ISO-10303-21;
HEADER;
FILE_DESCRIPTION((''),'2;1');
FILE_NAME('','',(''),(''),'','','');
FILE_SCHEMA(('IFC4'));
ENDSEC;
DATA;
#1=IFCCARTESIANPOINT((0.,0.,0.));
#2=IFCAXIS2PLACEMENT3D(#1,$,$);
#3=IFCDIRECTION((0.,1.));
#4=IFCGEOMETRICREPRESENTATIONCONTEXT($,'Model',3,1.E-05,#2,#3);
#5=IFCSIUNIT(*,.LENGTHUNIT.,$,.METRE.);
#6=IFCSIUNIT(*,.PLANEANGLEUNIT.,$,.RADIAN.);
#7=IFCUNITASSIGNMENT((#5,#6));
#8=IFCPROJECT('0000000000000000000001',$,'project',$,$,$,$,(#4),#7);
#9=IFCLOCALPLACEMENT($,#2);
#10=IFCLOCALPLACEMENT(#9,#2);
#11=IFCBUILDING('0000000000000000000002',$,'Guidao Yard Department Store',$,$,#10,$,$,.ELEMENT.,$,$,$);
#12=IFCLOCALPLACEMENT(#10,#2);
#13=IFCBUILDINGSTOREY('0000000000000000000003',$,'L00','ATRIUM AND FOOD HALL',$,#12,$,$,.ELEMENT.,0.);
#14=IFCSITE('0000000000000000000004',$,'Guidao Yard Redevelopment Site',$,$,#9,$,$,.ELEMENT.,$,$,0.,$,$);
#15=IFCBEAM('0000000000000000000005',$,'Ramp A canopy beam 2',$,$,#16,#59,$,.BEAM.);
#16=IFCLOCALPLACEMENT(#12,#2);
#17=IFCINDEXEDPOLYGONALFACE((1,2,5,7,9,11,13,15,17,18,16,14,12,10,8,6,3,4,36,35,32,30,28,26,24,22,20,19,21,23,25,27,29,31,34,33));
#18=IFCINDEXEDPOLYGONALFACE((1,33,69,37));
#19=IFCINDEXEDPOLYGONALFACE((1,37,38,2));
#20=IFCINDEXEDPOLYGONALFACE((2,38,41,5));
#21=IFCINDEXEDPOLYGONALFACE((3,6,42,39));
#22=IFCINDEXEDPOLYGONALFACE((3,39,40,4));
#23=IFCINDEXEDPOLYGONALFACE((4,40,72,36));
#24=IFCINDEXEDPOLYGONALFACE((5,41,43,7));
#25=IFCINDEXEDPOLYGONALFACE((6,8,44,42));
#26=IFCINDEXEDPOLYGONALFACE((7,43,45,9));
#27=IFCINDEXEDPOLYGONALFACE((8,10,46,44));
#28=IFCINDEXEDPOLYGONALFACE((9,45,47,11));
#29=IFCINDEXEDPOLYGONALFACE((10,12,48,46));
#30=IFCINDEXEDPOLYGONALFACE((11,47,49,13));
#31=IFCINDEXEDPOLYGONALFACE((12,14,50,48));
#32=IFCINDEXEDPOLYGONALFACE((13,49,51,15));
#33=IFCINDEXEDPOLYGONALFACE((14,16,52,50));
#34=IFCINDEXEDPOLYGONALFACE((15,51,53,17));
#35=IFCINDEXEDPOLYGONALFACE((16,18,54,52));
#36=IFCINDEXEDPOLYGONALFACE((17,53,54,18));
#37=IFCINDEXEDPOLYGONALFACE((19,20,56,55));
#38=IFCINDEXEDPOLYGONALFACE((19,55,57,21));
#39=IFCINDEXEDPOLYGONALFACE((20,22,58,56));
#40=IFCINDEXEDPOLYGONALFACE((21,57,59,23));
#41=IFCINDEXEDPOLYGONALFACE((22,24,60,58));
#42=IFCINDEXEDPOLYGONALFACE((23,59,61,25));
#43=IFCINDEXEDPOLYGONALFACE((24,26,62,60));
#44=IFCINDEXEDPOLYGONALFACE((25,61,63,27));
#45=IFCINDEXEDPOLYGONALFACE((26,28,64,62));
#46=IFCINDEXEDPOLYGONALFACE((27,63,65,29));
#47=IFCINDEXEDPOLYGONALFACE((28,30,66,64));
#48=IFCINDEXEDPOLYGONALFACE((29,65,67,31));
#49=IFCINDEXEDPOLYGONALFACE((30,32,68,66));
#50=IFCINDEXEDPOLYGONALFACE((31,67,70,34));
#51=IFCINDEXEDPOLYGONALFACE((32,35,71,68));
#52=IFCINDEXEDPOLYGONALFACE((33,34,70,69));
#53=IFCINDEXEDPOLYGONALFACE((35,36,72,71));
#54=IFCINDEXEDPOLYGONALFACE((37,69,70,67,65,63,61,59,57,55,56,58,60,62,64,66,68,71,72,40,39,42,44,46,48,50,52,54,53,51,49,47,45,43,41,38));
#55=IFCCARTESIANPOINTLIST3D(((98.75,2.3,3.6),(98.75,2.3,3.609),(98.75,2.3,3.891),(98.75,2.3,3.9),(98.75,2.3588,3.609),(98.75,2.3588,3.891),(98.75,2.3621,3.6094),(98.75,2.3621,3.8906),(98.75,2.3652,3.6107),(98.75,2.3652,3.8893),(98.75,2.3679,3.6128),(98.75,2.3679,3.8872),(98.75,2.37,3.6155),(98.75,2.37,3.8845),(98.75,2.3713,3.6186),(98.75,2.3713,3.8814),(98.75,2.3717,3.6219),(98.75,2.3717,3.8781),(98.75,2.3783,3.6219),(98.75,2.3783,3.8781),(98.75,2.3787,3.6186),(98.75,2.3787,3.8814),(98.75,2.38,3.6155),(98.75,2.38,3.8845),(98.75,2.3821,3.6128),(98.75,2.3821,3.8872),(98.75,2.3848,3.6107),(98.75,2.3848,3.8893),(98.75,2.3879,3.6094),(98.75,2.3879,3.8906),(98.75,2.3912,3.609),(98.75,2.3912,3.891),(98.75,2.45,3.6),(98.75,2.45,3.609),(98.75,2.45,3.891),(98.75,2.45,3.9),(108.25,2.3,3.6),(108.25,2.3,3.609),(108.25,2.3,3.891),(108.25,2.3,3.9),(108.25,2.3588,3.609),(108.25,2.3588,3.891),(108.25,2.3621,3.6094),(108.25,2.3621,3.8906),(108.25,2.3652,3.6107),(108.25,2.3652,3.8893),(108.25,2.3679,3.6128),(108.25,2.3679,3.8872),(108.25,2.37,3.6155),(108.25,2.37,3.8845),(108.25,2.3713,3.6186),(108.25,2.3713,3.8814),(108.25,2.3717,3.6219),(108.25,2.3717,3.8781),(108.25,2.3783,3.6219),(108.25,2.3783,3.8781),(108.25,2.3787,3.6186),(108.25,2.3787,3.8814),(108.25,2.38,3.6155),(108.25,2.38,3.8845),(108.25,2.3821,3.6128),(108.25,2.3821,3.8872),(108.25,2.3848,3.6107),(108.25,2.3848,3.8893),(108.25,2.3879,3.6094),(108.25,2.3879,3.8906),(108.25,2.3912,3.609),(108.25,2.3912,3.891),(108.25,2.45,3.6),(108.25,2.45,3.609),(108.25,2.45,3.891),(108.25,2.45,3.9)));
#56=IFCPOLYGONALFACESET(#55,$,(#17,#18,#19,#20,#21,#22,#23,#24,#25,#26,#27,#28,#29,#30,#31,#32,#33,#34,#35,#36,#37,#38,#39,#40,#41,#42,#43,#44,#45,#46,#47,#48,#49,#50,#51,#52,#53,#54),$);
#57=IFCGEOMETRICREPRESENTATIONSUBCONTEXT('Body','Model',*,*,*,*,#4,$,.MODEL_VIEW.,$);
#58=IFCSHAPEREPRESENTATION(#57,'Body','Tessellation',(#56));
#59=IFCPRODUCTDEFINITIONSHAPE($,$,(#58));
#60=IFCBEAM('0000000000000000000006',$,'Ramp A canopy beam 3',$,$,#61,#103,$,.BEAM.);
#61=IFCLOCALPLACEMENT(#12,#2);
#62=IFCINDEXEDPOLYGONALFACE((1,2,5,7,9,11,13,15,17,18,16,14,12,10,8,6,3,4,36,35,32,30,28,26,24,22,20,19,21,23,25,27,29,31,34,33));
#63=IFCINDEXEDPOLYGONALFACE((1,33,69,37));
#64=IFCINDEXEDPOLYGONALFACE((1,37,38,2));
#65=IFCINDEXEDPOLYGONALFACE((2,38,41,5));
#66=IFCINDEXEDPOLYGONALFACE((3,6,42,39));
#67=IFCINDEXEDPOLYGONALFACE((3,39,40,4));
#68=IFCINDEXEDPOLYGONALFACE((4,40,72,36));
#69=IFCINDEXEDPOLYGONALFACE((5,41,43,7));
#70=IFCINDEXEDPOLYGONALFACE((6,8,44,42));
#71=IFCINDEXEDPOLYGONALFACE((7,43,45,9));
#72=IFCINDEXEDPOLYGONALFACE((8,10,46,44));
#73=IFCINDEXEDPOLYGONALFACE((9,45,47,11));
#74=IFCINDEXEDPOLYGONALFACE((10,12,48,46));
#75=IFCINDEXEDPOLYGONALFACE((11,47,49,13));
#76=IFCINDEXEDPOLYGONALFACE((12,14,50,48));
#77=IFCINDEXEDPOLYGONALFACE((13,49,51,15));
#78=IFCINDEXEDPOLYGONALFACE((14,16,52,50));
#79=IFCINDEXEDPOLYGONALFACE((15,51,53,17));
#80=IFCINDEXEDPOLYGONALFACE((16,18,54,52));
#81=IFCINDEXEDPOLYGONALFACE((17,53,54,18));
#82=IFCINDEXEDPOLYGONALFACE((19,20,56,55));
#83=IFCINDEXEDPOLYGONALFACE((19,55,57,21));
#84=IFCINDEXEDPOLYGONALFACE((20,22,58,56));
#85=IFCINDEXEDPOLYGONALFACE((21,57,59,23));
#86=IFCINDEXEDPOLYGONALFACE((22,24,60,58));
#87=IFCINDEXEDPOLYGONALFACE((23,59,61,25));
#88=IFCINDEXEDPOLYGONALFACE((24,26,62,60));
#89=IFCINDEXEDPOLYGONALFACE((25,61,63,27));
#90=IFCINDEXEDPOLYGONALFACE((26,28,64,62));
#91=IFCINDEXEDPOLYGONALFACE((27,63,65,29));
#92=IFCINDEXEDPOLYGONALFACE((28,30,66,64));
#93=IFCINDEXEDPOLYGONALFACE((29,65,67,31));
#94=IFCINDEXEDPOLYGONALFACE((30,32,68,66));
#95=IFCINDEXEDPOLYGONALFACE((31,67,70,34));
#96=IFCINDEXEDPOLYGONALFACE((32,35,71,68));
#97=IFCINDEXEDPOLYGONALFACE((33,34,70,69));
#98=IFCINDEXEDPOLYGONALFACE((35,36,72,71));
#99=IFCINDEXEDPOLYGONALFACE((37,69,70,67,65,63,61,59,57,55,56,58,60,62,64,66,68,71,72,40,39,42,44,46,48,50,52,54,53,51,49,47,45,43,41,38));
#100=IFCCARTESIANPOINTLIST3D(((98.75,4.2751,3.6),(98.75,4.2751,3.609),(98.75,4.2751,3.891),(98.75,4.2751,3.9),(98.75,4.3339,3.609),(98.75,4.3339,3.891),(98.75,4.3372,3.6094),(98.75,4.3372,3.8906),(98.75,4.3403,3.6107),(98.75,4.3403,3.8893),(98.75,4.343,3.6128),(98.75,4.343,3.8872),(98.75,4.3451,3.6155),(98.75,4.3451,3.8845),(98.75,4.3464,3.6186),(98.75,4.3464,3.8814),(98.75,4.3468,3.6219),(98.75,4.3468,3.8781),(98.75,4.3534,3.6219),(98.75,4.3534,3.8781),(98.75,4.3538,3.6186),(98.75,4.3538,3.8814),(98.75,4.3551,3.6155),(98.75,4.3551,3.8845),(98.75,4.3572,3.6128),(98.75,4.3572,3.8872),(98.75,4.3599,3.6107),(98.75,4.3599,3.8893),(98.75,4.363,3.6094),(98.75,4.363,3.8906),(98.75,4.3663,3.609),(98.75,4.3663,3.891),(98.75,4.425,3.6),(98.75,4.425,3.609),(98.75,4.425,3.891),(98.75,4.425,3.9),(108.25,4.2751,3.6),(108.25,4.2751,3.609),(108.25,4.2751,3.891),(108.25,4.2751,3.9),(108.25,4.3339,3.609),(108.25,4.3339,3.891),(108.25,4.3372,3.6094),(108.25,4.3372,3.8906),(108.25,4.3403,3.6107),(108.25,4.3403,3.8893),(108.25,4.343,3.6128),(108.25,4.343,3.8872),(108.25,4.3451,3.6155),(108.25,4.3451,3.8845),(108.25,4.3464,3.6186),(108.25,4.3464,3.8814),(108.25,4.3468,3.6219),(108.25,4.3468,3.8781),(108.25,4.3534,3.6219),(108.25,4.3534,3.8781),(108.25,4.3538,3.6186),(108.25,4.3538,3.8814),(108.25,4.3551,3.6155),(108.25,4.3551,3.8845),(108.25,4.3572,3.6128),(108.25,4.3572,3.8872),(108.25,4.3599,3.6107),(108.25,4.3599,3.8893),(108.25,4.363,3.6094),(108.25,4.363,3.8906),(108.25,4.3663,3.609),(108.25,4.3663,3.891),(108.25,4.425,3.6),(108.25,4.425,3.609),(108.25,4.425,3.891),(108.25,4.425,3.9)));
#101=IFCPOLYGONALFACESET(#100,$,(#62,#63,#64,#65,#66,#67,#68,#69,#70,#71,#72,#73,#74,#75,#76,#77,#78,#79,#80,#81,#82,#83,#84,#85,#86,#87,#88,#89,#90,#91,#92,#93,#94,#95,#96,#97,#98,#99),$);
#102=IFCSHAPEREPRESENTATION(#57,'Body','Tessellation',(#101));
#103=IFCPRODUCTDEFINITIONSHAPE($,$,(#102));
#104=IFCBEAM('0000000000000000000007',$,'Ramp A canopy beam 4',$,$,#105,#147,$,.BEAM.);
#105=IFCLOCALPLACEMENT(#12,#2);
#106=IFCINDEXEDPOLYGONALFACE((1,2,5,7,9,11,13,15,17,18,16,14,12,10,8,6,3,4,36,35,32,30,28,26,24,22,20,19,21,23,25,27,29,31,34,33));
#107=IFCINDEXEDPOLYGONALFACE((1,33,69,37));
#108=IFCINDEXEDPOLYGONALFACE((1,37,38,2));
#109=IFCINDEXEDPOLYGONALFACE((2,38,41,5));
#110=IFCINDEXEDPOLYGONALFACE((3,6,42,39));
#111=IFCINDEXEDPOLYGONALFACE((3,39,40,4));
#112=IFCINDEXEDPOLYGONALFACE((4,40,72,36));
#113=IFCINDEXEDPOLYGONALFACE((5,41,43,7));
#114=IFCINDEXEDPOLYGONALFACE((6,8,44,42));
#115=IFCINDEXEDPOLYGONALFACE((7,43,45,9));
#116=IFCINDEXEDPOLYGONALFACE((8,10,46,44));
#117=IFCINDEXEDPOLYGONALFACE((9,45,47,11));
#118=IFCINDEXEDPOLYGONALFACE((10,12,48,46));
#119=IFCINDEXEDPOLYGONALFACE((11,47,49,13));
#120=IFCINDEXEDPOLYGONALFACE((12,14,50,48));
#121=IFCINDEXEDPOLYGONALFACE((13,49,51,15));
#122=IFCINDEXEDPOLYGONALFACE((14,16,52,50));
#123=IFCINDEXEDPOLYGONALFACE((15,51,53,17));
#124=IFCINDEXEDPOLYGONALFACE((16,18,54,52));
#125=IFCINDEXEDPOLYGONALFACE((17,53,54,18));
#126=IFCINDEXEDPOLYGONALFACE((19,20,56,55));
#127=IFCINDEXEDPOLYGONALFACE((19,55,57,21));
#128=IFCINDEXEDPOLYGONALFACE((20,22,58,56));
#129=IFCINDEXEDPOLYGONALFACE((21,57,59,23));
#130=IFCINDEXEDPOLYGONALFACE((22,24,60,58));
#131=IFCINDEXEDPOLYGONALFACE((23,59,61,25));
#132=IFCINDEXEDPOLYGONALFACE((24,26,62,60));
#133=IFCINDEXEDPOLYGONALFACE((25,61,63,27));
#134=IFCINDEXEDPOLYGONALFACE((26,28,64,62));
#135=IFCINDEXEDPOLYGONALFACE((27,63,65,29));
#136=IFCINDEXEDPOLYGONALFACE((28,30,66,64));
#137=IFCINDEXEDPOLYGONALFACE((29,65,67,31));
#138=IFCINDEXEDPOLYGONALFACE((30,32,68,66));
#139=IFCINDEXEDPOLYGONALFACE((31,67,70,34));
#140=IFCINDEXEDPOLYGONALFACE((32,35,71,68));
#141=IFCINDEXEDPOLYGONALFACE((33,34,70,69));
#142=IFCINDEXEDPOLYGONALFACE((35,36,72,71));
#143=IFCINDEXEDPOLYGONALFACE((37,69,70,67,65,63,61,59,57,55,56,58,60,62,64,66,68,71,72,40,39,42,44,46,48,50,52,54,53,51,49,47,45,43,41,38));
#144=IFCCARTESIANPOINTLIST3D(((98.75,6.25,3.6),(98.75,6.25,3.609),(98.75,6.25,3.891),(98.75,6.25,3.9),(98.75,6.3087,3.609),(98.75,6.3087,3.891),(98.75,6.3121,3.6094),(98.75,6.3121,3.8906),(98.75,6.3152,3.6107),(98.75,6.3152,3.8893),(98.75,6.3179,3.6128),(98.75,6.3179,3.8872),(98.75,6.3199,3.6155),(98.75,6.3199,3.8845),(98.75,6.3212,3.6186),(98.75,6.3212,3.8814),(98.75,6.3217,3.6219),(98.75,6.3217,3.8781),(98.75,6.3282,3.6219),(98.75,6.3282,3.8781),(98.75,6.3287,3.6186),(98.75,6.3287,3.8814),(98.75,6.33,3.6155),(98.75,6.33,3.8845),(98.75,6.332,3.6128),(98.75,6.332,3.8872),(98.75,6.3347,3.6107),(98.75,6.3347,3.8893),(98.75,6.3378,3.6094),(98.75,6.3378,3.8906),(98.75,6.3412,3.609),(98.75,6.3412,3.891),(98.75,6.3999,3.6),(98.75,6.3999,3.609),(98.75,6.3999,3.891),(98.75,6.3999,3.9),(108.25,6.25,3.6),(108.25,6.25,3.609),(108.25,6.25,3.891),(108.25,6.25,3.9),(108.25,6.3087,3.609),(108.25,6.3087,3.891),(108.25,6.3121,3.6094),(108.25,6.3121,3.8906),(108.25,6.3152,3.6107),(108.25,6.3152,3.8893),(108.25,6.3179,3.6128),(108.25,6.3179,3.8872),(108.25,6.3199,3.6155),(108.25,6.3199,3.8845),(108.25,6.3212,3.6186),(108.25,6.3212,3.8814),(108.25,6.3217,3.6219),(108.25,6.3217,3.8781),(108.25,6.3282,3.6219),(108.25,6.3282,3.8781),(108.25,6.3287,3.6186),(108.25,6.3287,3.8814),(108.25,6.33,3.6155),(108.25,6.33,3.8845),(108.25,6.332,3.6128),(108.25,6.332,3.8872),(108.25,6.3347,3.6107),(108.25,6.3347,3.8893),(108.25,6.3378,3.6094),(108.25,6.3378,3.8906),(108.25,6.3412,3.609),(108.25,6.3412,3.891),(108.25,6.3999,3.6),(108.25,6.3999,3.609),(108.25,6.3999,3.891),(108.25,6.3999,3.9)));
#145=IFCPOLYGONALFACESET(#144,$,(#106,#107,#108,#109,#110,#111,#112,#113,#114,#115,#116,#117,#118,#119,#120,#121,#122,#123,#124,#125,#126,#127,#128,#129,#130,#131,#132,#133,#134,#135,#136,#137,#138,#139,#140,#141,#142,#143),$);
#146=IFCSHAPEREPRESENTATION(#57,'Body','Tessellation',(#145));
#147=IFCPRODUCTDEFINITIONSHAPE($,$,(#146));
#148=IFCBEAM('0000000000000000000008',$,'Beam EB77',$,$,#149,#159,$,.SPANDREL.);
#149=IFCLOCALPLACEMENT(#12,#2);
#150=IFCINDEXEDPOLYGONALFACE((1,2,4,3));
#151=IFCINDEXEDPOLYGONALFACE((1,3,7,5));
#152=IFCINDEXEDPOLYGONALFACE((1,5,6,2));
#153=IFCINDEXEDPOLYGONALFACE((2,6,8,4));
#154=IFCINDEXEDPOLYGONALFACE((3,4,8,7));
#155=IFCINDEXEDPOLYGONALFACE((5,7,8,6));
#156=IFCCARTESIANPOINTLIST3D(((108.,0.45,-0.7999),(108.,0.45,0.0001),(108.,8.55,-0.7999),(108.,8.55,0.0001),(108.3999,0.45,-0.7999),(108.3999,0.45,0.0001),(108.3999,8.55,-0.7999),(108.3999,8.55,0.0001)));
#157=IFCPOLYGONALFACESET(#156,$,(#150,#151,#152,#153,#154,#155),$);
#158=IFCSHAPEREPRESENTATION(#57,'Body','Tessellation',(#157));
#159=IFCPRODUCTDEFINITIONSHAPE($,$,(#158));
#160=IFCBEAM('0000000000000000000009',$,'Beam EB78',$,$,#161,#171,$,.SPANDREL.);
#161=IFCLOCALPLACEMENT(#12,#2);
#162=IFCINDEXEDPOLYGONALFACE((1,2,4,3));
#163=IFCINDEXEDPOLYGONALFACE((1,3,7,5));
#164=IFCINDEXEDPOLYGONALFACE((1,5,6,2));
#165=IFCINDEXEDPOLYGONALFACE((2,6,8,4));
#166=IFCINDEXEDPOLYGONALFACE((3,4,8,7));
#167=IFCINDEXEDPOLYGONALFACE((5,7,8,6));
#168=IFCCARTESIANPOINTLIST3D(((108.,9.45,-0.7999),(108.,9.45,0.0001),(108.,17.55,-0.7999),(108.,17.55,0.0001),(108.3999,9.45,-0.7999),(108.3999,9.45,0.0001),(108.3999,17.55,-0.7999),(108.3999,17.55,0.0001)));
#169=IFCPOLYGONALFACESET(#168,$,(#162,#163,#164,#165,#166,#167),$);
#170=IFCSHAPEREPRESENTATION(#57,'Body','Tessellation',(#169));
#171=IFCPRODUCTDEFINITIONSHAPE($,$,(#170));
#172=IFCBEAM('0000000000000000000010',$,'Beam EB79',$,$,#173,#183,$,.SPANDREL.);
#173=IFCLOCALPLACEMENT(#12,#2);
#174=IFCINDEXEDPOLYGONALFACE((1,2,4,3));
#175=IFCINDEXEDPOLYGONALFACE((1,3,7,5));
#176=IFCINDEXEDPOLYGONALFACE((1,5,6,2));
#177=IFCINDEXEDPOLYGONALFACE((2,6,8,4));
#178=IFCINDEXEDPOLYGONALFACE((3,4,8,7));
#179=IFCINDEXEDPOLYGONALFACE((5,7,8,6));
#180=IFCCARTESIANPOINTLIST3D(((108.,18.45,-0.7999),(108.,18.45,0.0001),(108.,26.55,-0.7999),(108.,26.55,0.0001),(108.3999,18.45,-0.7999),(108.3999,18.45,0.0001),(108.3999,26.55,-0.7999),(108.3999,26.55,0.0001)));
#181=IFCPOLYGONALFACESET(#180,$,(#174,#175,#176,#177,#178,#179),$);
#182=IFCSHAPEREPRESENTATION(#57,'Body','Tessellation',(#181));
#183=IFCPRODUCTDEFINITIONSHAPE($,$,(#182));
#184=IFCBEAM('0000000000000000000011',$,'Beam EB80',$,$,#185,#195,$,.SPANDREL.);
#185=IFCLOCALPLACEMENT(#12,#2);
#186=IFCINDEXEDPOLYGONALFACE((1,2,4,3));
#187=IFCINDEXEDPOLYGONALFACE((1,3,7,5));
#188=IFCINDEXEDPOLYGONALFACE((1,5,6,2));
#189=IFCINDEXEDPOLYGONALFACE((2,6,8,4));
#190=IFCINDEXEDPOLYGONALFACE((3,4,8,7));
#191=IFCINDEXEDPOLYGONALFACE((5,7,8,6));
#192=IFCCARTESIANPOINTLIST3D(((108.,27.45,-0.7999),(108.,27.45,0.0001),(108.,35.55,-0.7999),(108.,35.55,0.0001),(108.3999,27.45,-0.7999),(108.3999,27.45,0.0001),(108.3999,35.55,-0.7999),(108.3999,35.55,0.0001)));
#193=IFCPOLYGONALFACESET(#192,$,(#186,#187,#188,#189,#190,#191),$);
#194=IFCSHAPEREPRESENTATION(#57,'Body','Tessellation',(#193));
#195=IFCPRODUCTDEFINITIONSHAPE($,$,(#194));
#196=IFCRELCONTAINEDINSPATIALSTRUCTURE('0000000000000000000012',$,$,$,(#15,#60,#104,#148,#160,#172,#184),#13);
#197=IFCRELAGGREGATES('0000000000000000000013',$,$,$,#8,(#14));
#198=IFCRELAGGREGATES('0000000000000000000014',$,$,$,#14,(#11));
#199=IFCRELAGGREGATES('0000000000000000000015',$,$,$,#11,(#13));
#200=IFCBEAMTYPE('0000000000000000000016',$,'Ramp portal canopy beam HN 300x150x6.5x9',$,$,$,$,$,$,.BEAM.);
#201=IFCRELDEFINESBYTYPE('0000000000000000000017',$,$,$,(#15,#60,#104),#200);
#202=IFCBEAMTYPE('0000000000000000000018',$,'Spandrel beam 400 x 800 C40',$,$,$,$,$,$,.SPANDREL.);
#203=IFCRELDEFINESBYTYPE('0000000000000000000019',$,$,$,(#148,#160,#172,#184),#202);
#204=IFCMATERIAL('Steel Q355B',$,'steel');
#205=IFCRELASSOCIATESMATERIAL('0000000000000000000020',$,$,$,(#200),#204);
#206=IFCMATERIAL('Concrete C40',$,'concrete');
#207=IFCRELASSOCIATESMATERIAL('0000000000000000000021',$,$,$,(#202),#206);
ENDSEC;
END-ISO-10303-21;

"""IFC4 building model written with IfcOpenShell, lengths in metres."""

from ifc_helpers import new_model, si_unit, direction, frame, origin, origin_2d, place, context, subcontext, project, spatial, rectangle, i_section, extrude, material, material_profile, profile_set, type_object, element, save


model = new_model("IFC4")

# Units and contexts
model_context = context("Model", 3, precision=1e-05, world=origin(), true_north=direction((0.0, 1.0)))
body_context = subcontext(model_context, "Body", "Model", "MODEL_VIEW")
ifc_project = project(units=[si_unit("LENGTHUNIT", "METRE"), si_unit("PLANEANGLEUNIT", "RADIAN")], contexts=[model_context])

# Site, building, storey
site_placement = place(None, origin())
site = spatial("IfcSite", under=ifc_project, at=site_placement, Name="Guidao Yard Redevelopment Site", CompositionType="ELEMENT", RefElevation=0.0)
building_placement = place(site_placement, origin())
building = spatial("IfcBuilding", under=site, at=building_placement, Name="Guidao Yard Department Store", CompositionType="ELEMENT")
storey_placement = place(building_placement, origin())
storey = spatial("IfcBuildingStorey", under=building, at=storey_placement, Name="L00", Description="ATRIUM AND FOOD HALL", CompositionType="ELEMENT", Elevation=0.0)

# Beams
ifc_material_1 = material(Name="Steel Q355B", Category="steel")
ifc_material_profile_1 = material_profile(ifc_material_1, i_section(OverallWidth=0.1499, OverallDepth=0.3, WebThickness=0.0066, FlangeThickness=0.009, FilletRadius=0.0129, at=origin_2d()), Name="HN 300x150x6.5x9")
ifc_profile_set_1 = profile_set([ifc_material_profile_1], Name="Steel Q355B")
beam_type_1 = type_object("IfcBeamType", Name="Ramp portal canopy beam HN 300x150x6.5x9", PredefinedType="BEAM", material=ifc_profile_set_1)
for number, where, z_axis, x_axis, name in (
    (1, (98.75, 2.375, 3.75), (1.0, 0.0, 0.0), (0.0, 1.0, 0.0), "Ramp A canopy beam 2"),
    (2, (98.75, 4.3501, 3.75), (1.0, 0.0, 0.0), (0.0, 1.0, 0.0), "Ramp A canopy beam 3"),
    (3, (98.75, 6.325, 3.75), (1.0, 0.0, 0.0), (0.0, 1.0, 0.0), "Ramp A canopy beam 4"),
):
    element("IfcBeam", number, at=place(storey_placement, frame(where, z_axis=z_axis, x_axis=x_axis)), inside=storey, type_object=beam_type_1, Name=name, PredefinedType="BEAM", context=body_context, shape_type="SweptSolid", body=[
        extrude(i_section(OverallWidth=0.1499, OverallDepth=0.3, WebThickness=0.0066, FlangeThickness=0.009, FilletRadius=0.0129, at=origin_2d()), origin(), (0.0, 0.0, 1.0), 9.5),
    ])
ifc_material_2 = material(Name="Concrete C40", Category="concrete")
ifc_material_profile_2 = material_profile(ifc_material_2, rectangle(XDim=0.3999, YDim=0.8, at=origin_2d()), Name="Spandrel beam 400 x 800 C40")
ifc_profile_set_2 = profile_set([ifc_material_profile_2], Name="Concrete C40")
beam_type_2 = type_object("IfcBeamType", Name="Spandrel beam 400 x 800 C40", PredefinedType="SPANDREL", material=ifc_profile_set_2)
for number, where, z_axis, x_axis, name in (
    (4, (108.2, 0.45, -0.3999), (0.0, 1.0, 0.0), (-1.0, 0.0, 0.0), "Beam EB77"),
    (5, (108.2, 9.45, -0.3999), (0.0, 1.0, 0.0), (-1.0, 0.0, 0.0), "Beam EB78"),
    (6, (108.2, 18.45, -0.3999), (0.0, 1.0, 0.0), (-1.0, 0.0, 0.0), "Beam EB79"),
    (7, (108.2, 27.45, -0.3999), (0.0, 1.0, 0.0), (-1.0, 0.0, 0.0), "Beam EB80"),
):
    element("IfcBeam", number, at=place(storey_placement, frame(where, z_axis=z_axis, x_axis=x_axis)), inside=storey, type_object=beam_type_2, Name=name, PredefinedType="SPANDREL", context=body_context, shape_type="SweptSolid", body=[
        extrude(rectangle(XDim=0.3999, YDim=0.8, at=origin_2d()), origin(), (0.0, 0.0, 1.0), 8.1001),
    ])

save(model, "model.ifc")
